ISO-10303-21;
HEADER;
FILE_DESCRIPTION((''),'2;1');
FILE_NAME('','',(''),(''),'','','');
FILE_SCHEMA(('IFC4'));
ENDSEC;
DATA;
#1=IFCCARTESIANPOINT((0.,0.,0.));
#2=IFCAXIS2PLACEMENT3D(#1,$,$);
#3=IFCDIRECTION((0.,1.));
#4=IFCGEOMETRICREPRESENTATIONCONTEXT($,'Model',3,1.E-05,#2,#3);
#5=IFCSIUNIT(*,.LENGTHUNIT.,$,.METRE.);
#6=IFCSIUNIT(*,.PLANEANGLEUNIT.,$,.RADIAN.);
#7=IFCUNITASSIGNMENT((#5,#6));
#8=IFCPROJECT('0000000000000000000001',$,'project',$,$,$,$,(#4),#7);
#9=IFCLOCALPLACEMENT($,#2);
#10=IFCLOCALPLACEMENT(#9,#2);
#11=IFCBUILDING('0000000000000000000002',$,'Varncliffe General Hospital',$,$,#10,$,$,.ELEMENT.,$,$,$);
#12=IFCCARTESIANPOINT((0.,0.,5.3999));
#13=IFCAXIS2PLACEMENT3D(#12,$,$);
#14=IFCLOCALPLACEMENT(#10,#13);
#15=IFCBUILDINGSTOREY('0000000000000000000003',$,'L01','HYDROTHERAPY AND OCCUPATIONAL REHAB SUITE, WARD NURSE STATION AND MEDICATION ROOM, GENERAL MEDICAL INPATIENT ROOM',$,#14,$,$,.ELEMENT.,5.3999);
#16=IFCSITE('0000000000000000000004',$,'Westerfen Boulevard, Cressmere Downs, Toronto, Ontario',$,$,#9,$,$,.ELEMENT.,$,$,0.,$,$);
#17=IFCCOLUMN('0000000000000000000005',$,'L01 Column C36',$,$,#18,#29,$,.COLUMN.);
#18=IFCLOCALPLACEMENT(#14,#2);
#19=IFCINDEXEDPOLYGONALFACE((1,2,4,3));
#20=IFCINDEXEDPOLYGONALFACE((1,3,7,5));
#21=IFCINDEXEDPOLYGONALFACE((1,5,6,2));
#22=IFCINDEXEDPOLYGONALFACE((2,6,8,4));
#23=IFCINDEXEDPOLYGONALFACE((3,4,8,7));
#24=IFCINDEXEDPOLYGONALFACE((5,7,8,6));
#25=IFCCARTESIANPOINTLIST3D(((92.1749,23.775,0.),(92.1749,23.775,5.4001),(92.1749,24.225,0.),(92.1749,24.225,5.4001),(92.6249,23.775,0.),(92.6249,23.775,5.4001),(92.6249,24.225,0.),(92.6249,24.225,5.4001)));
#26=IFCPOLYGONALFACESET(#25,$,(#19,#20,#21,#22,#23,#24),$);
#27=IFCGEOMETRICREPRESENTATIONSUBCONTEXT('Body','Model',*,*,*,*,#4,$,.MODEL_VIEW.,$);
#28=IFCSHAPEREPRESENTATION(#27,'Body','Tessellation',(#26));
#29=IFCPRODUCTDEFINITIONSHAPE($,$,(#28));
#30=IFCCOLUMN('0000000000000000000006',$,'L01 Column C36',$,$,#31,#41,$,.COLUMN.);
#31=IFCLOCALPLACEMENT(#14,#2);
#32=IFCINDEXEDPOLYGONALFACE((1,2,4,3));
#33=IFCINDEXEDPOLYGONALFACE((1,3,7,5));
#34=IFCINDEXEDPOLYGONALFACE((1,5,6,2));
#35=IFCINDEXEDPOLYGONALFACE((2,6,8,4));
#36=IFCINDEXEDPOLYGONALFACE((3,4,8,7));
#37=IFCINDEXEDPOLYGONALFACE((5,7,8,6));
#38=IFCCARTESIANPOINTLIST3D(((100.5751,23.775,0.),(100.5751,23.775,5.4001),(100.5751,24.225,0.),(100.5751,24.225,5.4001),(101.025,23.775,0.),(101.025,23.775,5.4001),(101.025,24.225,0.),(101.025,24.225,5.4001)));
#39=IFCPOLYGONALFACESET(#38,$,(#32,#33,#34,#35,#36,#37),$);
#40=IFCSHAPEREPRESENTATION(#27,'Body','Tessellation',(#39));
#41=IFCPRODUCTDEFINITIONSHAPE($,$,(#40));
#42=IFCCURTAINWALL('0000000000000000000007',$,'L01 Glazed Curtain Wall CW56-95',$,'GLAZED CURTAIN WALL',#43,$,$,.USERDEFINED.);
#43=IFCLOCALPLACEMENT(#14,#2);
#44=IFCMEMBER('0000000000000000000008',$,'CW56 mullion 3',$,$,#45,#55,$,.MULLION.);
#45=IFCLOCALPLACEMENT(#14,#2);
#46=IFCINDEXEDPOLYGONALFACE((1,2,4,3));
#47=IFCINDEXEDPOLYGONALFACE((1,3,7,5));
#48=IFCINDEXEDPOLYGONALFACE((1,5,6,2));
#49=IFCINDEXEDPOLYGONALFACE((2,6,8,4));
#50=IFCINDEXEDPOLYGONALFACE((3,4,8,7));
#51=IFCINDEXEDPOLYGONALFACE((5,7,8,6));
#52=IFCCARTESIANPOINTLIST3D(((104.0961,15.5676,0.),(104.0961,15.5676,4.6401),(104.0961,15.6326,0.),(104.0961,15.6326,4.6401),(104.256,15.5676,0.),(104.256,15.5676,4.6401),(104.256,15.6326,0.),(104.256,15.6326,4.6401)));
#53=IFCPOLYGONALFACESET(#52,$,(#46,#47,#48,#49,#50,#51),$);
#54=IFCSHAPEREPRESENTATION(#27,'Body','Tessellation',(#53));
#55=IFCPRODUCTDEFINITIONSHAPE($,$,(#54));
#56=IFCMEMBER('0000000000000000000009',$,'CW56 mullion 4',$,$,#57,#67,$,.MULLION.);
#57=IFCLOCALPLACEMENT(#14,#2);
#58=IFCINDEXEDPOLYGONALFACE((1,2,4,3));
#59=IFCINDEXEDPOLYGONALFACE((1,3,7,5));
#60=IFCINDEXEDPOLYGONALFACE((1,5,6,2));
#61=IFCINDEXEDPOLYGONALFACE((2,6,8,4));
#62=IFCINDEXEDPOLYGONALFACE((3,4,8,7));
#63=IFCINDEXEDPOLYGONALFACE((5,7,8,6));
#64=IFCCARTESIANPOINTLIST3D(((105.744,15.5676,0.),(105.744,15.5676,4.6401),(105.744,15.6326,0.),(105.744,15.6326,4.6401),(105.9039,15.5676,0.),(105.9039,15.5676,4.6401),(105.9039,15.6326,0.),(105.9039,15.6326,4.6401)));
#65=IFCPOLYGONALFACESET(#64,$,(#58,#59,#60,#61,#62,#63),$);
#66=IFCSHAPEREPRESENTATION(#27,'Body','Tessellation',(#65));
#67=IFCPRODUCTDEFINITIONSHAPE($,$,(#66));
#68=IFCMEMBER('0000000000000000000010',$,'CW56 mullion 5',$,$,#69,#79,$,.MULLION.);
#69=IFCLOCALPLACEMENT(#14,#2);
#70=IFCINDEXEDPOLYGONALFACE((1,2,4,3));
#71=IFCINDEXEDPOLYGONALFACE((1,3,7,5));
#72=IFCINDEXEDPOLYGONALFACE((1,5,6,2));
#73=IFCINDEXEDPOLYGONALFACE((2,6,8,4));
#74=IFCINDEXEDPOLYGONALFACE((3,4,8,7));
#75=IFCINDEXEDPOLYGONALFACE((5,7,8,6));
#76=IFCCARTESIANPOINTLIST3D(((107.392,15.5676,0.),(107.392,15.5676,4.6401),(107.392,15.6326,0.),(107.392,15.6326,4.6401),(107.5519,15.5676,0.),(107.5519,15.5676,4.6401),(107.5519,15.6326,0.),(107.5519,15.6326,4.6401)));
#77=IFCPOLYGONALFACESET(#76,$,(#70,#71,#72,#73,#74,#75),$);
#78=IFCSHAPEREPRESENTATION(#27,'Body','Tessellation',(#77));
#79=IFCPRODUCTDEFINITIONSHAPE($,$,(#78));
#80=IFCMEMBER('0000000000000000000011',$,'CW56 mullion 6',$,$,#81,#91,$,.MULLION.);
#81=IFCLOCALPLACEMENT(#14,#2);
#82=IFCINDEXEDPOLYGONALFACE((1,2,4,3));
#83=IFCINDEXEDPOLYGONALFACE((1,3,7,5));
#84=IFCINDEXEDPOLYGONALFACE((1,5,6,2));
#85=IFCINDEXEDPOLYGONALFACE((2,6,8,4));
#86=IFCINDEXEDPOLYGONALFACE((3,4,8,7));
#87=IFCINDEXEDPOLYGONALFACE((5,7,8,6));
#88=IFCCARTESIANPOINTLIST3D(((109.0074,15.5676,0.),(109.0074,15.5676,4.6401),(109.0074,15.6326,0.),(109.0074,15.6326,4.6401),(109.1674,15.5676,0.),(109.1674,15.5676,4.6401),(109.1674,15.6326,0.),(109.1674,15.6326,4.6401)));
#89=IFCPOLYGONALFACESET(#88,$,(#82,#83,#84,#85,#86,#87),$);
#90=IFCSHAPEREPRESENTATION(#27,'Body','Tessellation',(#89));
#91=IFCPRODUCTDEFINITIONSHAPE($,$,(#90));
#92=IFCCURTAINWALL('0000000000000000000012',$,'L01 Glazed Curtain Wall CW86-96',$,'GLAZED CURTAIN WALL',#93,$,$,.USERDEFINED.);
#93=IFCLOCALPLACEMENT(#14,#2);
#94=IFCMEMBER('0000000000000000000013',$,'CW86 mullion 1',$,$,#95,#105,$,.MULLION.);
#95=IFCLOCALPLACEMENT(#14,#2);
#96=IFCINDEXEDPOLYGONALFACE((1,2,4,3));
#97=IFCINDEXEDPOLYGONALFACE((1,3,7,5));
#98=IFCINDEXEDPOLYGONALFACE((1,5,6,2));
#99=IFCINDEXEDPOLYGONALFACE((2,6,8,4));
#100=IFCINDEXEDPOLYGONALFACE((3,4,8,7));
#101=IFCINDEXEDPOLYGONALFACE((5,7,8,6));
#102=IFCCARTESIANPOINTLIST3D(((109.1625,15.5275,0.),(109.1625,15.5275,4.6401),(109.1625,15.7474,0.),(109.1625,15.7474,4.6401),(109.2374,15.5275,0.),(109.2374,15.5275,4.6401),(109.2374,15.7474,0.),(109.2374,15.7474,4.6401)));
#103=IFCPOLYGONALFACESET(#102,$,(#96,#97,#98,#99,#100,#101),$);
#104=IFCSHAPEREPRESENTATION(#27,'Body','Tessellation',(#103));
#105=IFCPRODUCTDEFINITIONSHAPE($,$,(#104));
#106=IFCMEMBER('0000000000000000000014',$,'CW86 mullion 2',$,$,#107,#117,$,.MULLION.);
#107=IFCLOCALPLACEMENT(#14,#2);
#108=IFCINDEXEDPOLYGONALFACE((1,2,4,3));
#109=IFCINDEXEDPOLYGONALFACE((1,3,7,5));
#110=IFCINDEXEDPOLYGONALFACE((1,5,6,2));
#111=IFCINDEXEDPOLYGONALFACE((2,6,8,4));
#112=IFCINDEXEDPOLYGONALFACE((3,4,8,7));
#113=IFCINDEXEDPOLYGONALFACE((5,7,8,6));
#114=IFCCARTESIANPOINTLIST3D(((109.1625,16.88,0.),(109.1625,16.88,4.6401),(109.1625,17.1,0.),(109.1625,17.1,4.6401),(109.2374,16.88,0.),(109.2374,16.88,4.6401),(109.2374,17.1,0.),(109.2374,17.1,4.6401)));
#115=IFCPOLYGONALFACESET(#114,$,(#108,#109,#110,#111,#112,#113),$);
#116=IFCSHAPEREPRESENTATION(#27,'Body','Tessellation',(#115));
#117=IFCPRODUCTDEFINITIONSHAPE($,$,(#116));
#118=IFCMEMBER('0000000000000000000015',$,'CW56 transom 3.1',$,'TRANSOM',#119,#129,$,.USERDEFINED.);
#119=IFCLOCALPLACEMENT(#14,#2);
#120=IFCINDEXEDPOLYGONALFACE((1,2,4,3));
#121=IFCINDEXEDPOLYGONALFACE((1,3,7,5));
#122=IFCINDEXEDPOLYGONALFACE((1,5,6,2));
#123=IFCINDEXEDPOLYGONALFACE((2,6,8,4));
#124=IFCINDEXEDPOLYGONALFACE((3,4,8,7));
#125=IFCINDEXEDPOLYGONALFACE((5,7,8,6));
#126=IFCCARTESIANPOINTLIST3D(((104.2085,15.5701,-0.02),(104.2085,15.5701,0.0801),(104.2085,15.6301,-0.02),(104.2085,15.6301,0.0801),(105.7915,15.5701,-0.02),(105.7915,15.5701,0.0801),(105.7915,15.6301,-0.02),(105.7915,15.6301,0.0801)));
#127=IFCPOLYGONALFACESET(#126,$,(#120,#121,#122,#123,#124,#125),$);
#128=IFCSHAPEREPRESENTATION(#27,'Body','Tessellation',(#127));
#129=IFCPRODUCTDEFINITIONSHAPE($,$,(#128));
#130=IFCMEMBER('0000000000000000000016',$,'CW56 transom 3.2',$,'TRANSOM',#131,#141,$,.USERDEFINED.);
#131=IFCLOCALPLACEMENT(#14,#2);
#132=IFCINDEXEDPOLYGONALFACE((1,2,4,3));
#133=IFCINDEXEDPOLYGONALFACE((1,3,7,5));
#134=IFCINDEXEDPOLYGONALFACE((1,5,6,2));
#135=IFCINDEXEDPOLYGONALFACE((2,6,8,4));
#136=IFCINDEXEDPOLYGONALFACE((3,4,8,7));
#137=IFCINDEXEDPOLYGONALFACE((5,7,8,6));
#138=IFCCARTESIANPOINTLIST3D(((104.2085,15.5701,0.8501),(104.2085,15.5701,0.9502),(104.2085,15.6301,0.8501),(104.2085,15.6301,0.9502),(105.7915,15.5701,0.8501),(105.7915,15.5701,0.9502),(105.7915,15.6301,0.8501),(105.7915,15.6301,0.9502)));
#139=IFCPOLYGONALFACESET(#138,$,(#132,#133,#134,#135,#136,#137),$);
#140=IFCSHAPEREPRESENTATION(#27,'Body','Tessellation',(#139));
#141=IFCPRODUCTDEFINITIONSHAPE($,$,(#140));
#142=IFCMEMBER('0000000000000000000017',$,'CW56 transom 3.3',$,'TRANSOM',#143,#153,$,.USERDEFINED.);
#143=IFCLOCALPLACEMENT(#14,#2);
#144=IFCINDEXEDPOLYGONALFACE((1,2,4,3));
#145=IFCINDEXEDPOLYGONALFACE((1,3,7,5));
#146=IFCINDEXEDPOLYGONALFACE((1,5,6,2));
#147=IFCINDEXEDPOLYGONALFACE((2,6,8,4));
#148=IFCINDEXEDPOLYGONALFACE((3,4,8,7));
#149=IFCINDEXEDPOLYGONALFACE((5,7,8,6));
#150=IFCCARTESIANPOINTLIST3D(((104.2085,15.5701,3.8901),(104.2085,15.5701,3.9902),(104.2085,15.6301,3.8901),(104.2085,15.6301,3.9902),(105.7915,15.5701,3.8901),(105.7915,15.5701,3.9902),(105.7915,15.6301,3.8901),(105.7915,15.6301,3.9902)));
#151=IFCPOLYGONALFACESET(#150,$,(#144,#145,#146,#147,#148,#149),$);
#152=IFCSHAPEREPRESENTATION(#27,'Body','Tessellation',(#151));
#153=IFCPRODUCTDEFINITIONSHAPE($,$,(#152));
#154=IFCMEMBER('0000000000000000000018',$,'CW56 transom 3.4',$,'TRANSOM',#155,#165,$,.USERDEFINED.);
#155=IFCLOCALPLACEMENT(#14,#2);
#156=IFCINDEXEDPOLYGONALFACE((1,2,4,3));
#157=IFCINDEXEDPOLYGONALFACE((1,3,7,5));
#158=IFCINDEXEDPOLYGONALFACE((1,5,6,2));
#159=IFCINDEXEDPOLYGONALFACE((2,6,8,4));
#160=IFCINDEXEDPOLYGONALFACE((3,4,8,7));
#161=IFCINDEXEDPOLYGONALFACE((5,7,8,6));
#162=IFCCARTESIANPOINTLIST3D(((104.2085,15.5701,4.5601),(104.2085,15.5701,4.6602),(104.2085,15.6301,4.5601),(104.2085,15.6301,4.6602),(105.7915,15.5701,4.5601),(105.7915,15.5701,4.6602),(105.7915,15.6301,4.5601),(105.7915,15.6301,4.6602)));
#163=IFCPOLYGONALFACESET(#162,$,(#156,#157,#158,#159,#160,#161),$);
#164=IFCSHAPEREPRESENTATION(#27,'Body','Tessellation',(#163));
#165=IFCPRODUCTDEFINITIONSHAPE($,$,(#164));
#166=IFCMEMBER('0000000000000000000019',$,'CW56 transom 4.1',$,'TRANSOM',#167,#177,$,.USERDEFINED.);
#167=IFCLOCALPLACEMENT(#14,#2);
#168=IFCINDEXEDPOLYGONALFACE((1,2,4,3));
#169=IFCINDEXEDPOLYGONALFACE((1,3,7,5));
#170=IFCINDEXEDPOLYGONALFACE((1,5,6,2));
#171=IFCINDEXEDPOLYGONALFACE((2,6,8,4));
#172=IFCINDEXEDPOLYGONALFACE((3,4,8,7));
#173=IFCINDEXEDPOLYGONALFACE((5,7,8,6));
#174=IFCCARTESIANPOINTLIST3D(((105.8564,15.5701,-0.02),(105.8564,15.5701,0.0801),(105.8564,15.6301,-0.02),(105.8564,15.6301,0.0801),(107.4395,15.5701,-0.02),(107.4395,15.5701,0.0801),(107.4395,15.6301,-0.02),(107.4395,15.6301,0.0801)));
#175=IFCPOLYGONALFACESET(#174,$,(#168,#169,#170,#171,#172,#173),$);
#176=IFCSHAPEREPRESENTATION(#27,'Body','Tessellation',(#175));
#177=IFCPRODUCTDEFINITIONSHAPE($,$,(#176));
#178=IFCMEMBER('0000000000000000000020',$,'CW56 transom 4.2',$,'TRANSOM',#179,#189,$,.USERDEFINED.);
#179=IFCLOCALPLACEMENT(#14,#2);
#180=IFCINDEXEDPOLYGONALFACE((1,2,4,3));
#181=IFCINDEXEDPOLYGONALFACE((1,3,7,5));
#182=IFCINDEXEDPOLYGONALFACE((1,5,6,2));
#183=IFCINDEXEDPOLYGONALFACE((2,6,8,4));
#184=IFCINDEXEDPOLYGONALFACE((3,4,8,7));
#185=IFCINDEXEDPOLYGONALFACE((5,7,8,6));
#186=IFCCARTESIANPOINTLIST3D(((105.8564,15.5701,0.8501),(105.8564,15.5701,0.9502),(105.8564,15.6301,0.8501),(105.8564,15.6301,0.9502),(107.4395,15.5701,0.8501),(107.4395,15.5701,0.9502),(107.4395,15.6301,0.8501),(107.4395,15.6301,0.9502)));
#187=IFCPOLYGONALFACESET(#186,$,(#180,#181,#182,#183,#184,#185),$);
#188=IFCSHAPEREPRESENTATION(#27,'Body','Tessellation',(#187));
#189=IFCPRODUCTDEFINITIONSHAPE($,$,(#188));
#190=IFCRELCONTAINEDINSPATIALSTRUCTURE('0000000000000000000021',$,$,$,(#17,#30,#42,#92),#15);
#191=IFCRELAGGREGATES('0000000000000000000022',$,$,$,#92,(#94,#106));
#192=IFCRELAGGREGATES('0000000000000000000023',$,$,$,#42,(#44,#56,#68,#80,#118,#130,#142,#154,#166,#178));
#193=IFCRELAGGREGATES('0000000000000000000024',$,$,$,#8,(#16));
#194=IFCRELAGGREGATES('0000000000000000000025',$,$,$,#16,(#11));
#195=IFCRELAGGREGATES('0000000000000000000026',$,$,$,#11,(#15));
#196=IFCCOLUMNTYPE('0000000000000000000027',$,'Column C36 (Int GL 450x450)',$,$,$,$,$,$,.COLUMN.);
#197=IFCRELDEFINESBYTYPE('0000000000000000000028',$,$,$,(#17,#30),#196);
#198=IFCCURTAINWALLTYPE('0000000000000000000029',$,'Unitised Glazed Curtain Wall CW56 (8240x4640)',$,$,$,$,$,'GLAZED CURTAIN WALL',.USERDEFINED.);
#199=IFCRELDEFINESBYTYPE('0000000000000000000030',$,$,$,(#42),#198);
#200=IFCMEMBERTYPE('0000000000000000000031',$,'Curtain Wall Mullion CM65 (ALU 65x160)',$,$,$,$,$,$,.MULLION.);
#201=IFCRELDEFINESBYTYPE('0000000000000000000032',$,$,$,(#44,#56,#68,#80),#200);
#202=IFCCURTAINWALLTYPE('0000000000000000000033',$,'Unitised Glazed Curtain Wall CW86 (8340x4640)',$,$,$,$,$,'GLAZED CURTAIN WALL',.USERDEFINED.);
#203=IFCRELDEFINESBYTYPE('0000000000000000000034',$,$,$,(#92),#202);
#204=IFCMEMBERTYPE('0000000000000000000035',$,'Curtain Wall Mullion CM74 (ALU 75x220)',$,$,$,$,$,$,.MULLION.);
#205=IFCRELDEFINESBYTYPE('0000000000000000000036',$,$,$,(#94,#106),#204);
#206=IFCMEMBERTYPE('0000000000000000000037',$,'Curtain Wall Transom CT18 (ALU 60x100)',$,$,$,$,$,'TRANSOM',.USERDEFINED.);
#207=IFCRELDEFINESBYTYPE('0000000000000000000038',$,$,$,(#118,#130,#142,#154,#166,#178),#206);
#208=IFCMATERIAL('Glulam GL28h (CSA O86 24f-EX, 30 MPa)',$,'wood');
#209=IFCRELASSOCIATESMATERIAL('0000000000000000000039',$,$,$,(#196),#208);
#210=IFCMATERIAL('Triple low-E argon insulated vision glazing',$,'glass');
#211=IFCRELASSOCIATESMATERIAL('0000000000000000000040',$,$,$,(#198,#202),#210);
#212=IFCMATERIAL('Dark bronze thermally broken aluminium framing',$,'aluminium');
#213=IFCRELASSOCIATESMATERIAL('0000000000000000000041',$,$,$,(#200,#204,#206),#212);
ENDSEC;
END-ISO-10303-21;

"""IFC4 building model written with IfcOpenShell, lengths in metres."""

from ifc_helpers import new_model, si_unit, direction, frame, origin, origin_2d, place, context, subcontext, project, spatial, rectangle, extrude, material, material_profile, profile_set, type_object, element, aggregate, save


model = new_model("IFC4")

# Units and contexts
model_context = context("Model", 3, precision=1e-05, world=origin(), true_north=direction((0.0, 1.0)))
body_context = subcontext(model_context, "Body", "Model", "MODEL_VIEW")
ifc_project = project(units=[si_unit("LENGTHUNIT", "METRE"), si_unit("PLANEANGLEUNIT", "RADIAN")], contexts=[model_context])

# Site, building, storey
site_placement = place(None, origin())
site = spatial("IfcSite", under=ifc_project, at=site_placement, Name="Westerfen Boulevard, Cressmere Downs, Toronto, Ontario", CompositionType="ELEMENT", RefElevation=0.0)
building_placement = place(site_placement, origin())
building = spatial("IfcBuilding", under=site, at=building_placement, Name="Varncliffe General Hospital", CompositionType="ELEMENT")
storey_placement = place(building_placement, frame((0.0, 0.0, 5.3999)))
storey = spatial("IfcBuildingStorey", under=building, at=storey_placement, Name="L01", Description="HYDROTHERAPY AND OCCUPATIONAL REHAB SUITE, WARD NURSE STATION AND MEDICATION ROOM, GENERAL MEDICAL INPATIENT ROOM", CompositionType="ELEMENT", Elevation=5.3999)

# Columns
ifc_material_1 = material(Name="Glulam GL28h (CSA O86 24f-EX, 30 MPa)", Category="wood")
ifc_material_profile_1 = material_profile(ifc_material_1, rectangle(XDim=0.45, YDim=0.45, at=origin_2d()), Name="GL 450x450")
ifc_profile_set_1 = profile_set([ifc_material_profile_1], Name="Glulam GL28h (CSA O86 24f-EX, 30 MPa)")
column_type = type_object("IfcColumnType", Name="Column C36 (Int GL 450x450)", PredefinedType="COLUMN", material=ifc_profile_set_1)
for number, where, z_axis, x_axis, name in (
    (1, (92.3999, 24.0, 0.0), (0.0, 0.0, 1.0), (1.0, 0.0, 0.0), "L01 Column C36"),
    (2, (100.8, 24.0, 0.0), (0.0, 0.0, 1.0), (1.0, 0.0, 0.0), "L01 Column C36"),
):
    element("IfcColumn", number, at=place(storey_placement, frame(where, z_axis=z_axis, x_axis=x_axis)), inside=storey, type_object=column_type, Name=name, PredefinedType="COLUMN", context=body_context, shape_type="SweptSolid", body=[
        extrude(rectangle(XDim=0.45, YDim=0.45, at=origin_2d()), origin(), (0.0, 0.0, 1.0), 5.4001),
    ])

# Curtain walls, members
ifc_material_2 = material(Name="Triple low-E argon insulated vision glazing", Category="glass")
curtain_wall_type_1 = type_object("IfcCurtainWallType", Name="Unitised Glazed Curtain Wall CW56 (8240x4640)", ElementType="GLAZED CURTAIN WALL", PredefinedType="USERDEFINED", material=ifc_material_2)
curtain_wall_1_placement = place(storey_placement, origin())
curtain_wall_1 = element("IfcCurtainWall", 3, at=curtain_wall_1_placement, inside=storey, type_object=curtain_wall_type_1, Name="L01 Glazed Curtain Wall CW56-95", ObjectType="GLAZED CURTAIN WALL", PredefinedType="USERDEFINED")
ifc_material_3 = material(Name="Dark bronze thermally broken aluminium framing", Category="aluminium")
ifc_material_profile_2 = material_profile(ifc_material_3, rectangle(XDim=0.0649, YDim=0.1599, at=origin_2d()), Name="ALU 65x160")
ifc_profile_set_2 = profile_set([ifc_material_profile_2], Name="Dark bronze thermally broken aluminium framing")
member_type_1 = type_object("IfcMemberType", Name="Curtain Wall Mullion CM65 (ALU 65x160)", PredefinedType="MULLION", material=ifc_profile_set_2)
member_1_placement = place(storey_placement, frame((104.176, 15.6001, 0.0), z_axis=(0.0, 0.0, 1.0), x_axis=(0.0, 1.0, 0.0)))
member_1 = element("IfcMember", 4, at=member_1_placement, type_object=member_type_1, Name="CW56 mullion 3", PredefinedType="MULLION", context=body_context, shape_type="SweptSolid", body=[
    extrude(rectangle(XDim=0.0649, YDim=0.1599, at=origin_2d()), origin(), (0.0, 0.0, 1.0), 4.6401),
])
member_2_placement = place(storey_placement, frame((105.824, 15.6001, 0.0), z_axis=(0.0, 0.0, 1.0), x_axis=(0.0, 1.0, 0.0)))
member_2 = element("IfcMember", 5, at=member_2_placement, type_object=member_type_1, Name="CW56 mullion 4", PredefinedType="MULLION", context=body_context, shape_type="SweptSolid", body=[
    extrude(rectangle(XDim=0.0649, YDim=0.1599, at=origin_2d()), origin(), (0.0, 0.0, 1.0), 4.6401),
])
member_3_placement = place(storey_placement, frame((107.4719, 15.6001, 0.0), z_axis=(0.0, 0.0, 1.0), x_axis=(0.0, 1.0, 0.0)))
member_3 = element("IfcMember", 6, at=member_3_placement, type_object=member_type_1, Name="CW56 mullion 5", PredefinedType="MULLION", context=body_context, shape_type="SweptSolid", body=[
    extrude(rectangle(XDim=0.0649, YDim=0.1599, at=origin_2d()), origin(), (0.0, 0.0, 1.0), 4.6401),
])
member_4_placement = place(storey_placement, frame((109.0874, 15.6001, 0.0), z_axis=(0.0, 0.0, 1.0), x_axis=(0.0, 1.0, 0.0)))
member_4 = element("IfcMember", 7, at=member_4_placement, type_object=member_type_1, Name="CW56 mullion 6", PredefinedType="MULLION", context=body_context, shape_type="SweptSolid", body=[
    extrude(rectangle(XDim=0.0649, YDim=0.1599, at=origin_2d()), origin(), (0.0, 0.0, 1.0), 4.6401),
])
curtain_wall_type_2 = type_object("IfcCurtainWallType", Name="Unitised Glazed Curtain Wall CW86 (8340x4640)", ElementType="GLAZED CURTAIN WALL", PredefinedType="USERDEFINED", material=ifc_material_2)
curtain_wall_2_placement = place(storey_placement, origin())
curtain_wall_2 = element("IfcCurtainWall", 8, at=curtain_wall_2_placement, inside=storey, type_object=curtain_wall_type_2, Name="L01 Glazed Curtain Wall CW86-96", ObjectType="GLAZED CURTAIN WALL", PredefinedType="USERDEFINED")
ifc_material_profile_3 = material_profile(ifc_material_3, rectangle(XDim=0.075, YDim=0.22, at=origin_2d()), Name="ALU 75x220")
ifc_profile_set_3 = profile_set([ifc_material_profile_3], Name="Dark bronze thermally broken aluminium framing")
member_type_2 = type_object("IfcMemberType", Name="Curtain Wall Mullion CM74 (ALU 75x220)", PredefinedType="MULLION", material=ifc_profile_set_3)
member_5_placement = place(storey_placement, frame((109.2, 15.6375, 0.0), z_axis=(0.0, 0.0, 1.0), x_axis=(-1.0, 0.0, 0.0)))
member_5 = element("IfcMember", 9, at=member_5_placement, type_object=member_type_2, Name="CW86 mullion 1", PredefinedType="MULLION", context=body_context, shape_type="SweptSolid", body=[
    extrude(rectangle(XDim=0.075, YDim=0.22, at=origin_2d()), origin(), (0.0, 0.0, 1.0), 4.6401),
])
member_6_placement = place(storey_placement, frame((109.2, 16.99, 0.0), z_axis=(0.0, 0.0, 1.0), x_axis=(-1.0, 0.0, 0.0)))
member_6 = element("IfcMember", 10, at=member_6_placement, type_object=member_type_2, Name="CW86 mullion 2", PredefinedType="MULLION", context=body_context, shape_type="SweptSolid", body=[
    extrude(rectangle(XDim=0.075, YDim=0.22, at=origin_2d()), origin(), (0.0, 0.0, 1.0), 4.6401),
])

# Members
ifc_material_profile_4 = material_profile(ifc_material_3, rectangle(XDim=0.0601, YDim=0.1001, at=origin_2d()), Name="ALU 60x100")
ifc_profile_set_4 = profile_set([ifc_material_profile_4], Name="Dark bronze thermally broken aluminium framing")
member_type_3 = type_object("IfcMemberType", Name="Curtain Wall Transom CT18 (ALU 60x100)", ElementType="TRANSOM", PredefinedType="USERDEFINED", material=ifc_profile_set_4)
member_7_placement = place(storey_placement, frame((104.2085, 15.6001, 0.03), z_axis=(1.0, 0.0, 0.0), x_axis=(0.0, 1.0, 0.0)))
member_7 = element("IfcMember", 11, at=member_7_placement, type_object=member_type_3, Name="CW56 transom 3.1", ObjectType="TRANSOM", PredefinedType="USERDEFINED", context=body_context, shape_type="SweptSolid", body=[
    extrude(rectangle(XDim=0.0601, YDim=0.1001, at=origin_2d()), origin(), (0.0, 0.0, 1.0), 1.583),
])
member_8_placement = place(storey_placement, frame((104.2085, 15.6001, 0.9001), z_axis=(1.0, 0.0, 0.0), x_axis=(0.0, 1.0, 0.0)))
member_8 = element("IfcMember", 12, at=member_8_placement, type_object=member_type_3, Name="CW56 transom 3.2", ObjectType="TRANSOM", PredefinedType="USERDEFINED", context=body_context, shape_type="SweptSolid", body=[
    extrude(rectangle(XDim=0.0601, YDim=0.1001, at=origin_2d()), origin(), (0.0, 0.0, 1.0), 1.583),
])
member_9_placement = place(storey_placement, frame((104.2085, 15.6001, 3.9402), z_axis=(1.0, 0.0, 0.0), x_axis=(0.0, 1.0, 0.0)))
member_9 = element("IfcMember", 13, at=member_9_placement, type_object=member_type_3, Name="CW56 transom 3.3", ObjectType="TRANSOM", PredefinedType="USERDEFINED", context=body_context, shape_type="SweptSolid", body=[
    extrude(rectangle(XDim=0.0601, YDim=0.1001, at=origin_2d()), origin(), (0.0, 0.0, 1.0), 1.583),
])
member_10_placement = place(storey_placement, frame((104.2085, 15.6001, 4.6101), z_axis=(1.0, 0.0, 0.0), x_axis=(0.0, 1.0, 0.0)))
member_10 = element("IfcMember", 14, at=member_10_placement, type_object=member_type_3, Name="CW56 transom 3.4", ObjectType="TRANSOM", PredefinedType="USERDEFINED", context=body_context, shape_type="SweptSolid", body=[
    extrude(rectangle(XDim=0.0601, YDim=0.1001, at=origin_2d()), origin(), (0.0, 0.0, 1.0), 1.583),
])
member_11_placement = place(storey_placement, frame((105.8564, 15.6001, 0.03), z_axis=(1.0, 0.0, 0.0), x_axis=(0.0, 1.0, 0.0)))
member_11 = element("IfcMember", 15, at=member_11_placement, type_object=member_type_3, Name="CW56 transom 4.1", ObjectType="TRANSOM", PredefinedType="USERDEFINED", context=body_context, shape_type="SweptSolid", body=[
    extrude(rectangle(XDim=0.0601, YDim=0.1001, at=origin_2d()), origin(), (0.0, 0.0, 1.0), 1.583),
])
member_12_placement = place(storey_placement, frame((105.8564, 15.6001, 0.9001), z_axis=(1.0, 0.0, 0.0), x_axis=(0.0, 1.0, 0.0)))
member_12 = element("IfcMember", 16, at=member_12_placement, type_object=member_type_3, Name="CW56 transom 4.2", ObjectType="TRANSOM", PredefinedType="USERDEFINED", context=body_context, shape_type="SweptSolid", body=[
    extrude(rectangle(XDim=0.0601, YDim=0.1001, at=origin_2d()), origin(), (0.0, 0.0, 1.0), 1.583),
])

aggregate(curtain_wall_2, [member_5, member_6])
aggregate(curtain_wall_1, [member_1, member_2, member_3, member_4, member_7, member_8, member_9, member_10, member_11, member_12])

save(model, "model.ifc")
